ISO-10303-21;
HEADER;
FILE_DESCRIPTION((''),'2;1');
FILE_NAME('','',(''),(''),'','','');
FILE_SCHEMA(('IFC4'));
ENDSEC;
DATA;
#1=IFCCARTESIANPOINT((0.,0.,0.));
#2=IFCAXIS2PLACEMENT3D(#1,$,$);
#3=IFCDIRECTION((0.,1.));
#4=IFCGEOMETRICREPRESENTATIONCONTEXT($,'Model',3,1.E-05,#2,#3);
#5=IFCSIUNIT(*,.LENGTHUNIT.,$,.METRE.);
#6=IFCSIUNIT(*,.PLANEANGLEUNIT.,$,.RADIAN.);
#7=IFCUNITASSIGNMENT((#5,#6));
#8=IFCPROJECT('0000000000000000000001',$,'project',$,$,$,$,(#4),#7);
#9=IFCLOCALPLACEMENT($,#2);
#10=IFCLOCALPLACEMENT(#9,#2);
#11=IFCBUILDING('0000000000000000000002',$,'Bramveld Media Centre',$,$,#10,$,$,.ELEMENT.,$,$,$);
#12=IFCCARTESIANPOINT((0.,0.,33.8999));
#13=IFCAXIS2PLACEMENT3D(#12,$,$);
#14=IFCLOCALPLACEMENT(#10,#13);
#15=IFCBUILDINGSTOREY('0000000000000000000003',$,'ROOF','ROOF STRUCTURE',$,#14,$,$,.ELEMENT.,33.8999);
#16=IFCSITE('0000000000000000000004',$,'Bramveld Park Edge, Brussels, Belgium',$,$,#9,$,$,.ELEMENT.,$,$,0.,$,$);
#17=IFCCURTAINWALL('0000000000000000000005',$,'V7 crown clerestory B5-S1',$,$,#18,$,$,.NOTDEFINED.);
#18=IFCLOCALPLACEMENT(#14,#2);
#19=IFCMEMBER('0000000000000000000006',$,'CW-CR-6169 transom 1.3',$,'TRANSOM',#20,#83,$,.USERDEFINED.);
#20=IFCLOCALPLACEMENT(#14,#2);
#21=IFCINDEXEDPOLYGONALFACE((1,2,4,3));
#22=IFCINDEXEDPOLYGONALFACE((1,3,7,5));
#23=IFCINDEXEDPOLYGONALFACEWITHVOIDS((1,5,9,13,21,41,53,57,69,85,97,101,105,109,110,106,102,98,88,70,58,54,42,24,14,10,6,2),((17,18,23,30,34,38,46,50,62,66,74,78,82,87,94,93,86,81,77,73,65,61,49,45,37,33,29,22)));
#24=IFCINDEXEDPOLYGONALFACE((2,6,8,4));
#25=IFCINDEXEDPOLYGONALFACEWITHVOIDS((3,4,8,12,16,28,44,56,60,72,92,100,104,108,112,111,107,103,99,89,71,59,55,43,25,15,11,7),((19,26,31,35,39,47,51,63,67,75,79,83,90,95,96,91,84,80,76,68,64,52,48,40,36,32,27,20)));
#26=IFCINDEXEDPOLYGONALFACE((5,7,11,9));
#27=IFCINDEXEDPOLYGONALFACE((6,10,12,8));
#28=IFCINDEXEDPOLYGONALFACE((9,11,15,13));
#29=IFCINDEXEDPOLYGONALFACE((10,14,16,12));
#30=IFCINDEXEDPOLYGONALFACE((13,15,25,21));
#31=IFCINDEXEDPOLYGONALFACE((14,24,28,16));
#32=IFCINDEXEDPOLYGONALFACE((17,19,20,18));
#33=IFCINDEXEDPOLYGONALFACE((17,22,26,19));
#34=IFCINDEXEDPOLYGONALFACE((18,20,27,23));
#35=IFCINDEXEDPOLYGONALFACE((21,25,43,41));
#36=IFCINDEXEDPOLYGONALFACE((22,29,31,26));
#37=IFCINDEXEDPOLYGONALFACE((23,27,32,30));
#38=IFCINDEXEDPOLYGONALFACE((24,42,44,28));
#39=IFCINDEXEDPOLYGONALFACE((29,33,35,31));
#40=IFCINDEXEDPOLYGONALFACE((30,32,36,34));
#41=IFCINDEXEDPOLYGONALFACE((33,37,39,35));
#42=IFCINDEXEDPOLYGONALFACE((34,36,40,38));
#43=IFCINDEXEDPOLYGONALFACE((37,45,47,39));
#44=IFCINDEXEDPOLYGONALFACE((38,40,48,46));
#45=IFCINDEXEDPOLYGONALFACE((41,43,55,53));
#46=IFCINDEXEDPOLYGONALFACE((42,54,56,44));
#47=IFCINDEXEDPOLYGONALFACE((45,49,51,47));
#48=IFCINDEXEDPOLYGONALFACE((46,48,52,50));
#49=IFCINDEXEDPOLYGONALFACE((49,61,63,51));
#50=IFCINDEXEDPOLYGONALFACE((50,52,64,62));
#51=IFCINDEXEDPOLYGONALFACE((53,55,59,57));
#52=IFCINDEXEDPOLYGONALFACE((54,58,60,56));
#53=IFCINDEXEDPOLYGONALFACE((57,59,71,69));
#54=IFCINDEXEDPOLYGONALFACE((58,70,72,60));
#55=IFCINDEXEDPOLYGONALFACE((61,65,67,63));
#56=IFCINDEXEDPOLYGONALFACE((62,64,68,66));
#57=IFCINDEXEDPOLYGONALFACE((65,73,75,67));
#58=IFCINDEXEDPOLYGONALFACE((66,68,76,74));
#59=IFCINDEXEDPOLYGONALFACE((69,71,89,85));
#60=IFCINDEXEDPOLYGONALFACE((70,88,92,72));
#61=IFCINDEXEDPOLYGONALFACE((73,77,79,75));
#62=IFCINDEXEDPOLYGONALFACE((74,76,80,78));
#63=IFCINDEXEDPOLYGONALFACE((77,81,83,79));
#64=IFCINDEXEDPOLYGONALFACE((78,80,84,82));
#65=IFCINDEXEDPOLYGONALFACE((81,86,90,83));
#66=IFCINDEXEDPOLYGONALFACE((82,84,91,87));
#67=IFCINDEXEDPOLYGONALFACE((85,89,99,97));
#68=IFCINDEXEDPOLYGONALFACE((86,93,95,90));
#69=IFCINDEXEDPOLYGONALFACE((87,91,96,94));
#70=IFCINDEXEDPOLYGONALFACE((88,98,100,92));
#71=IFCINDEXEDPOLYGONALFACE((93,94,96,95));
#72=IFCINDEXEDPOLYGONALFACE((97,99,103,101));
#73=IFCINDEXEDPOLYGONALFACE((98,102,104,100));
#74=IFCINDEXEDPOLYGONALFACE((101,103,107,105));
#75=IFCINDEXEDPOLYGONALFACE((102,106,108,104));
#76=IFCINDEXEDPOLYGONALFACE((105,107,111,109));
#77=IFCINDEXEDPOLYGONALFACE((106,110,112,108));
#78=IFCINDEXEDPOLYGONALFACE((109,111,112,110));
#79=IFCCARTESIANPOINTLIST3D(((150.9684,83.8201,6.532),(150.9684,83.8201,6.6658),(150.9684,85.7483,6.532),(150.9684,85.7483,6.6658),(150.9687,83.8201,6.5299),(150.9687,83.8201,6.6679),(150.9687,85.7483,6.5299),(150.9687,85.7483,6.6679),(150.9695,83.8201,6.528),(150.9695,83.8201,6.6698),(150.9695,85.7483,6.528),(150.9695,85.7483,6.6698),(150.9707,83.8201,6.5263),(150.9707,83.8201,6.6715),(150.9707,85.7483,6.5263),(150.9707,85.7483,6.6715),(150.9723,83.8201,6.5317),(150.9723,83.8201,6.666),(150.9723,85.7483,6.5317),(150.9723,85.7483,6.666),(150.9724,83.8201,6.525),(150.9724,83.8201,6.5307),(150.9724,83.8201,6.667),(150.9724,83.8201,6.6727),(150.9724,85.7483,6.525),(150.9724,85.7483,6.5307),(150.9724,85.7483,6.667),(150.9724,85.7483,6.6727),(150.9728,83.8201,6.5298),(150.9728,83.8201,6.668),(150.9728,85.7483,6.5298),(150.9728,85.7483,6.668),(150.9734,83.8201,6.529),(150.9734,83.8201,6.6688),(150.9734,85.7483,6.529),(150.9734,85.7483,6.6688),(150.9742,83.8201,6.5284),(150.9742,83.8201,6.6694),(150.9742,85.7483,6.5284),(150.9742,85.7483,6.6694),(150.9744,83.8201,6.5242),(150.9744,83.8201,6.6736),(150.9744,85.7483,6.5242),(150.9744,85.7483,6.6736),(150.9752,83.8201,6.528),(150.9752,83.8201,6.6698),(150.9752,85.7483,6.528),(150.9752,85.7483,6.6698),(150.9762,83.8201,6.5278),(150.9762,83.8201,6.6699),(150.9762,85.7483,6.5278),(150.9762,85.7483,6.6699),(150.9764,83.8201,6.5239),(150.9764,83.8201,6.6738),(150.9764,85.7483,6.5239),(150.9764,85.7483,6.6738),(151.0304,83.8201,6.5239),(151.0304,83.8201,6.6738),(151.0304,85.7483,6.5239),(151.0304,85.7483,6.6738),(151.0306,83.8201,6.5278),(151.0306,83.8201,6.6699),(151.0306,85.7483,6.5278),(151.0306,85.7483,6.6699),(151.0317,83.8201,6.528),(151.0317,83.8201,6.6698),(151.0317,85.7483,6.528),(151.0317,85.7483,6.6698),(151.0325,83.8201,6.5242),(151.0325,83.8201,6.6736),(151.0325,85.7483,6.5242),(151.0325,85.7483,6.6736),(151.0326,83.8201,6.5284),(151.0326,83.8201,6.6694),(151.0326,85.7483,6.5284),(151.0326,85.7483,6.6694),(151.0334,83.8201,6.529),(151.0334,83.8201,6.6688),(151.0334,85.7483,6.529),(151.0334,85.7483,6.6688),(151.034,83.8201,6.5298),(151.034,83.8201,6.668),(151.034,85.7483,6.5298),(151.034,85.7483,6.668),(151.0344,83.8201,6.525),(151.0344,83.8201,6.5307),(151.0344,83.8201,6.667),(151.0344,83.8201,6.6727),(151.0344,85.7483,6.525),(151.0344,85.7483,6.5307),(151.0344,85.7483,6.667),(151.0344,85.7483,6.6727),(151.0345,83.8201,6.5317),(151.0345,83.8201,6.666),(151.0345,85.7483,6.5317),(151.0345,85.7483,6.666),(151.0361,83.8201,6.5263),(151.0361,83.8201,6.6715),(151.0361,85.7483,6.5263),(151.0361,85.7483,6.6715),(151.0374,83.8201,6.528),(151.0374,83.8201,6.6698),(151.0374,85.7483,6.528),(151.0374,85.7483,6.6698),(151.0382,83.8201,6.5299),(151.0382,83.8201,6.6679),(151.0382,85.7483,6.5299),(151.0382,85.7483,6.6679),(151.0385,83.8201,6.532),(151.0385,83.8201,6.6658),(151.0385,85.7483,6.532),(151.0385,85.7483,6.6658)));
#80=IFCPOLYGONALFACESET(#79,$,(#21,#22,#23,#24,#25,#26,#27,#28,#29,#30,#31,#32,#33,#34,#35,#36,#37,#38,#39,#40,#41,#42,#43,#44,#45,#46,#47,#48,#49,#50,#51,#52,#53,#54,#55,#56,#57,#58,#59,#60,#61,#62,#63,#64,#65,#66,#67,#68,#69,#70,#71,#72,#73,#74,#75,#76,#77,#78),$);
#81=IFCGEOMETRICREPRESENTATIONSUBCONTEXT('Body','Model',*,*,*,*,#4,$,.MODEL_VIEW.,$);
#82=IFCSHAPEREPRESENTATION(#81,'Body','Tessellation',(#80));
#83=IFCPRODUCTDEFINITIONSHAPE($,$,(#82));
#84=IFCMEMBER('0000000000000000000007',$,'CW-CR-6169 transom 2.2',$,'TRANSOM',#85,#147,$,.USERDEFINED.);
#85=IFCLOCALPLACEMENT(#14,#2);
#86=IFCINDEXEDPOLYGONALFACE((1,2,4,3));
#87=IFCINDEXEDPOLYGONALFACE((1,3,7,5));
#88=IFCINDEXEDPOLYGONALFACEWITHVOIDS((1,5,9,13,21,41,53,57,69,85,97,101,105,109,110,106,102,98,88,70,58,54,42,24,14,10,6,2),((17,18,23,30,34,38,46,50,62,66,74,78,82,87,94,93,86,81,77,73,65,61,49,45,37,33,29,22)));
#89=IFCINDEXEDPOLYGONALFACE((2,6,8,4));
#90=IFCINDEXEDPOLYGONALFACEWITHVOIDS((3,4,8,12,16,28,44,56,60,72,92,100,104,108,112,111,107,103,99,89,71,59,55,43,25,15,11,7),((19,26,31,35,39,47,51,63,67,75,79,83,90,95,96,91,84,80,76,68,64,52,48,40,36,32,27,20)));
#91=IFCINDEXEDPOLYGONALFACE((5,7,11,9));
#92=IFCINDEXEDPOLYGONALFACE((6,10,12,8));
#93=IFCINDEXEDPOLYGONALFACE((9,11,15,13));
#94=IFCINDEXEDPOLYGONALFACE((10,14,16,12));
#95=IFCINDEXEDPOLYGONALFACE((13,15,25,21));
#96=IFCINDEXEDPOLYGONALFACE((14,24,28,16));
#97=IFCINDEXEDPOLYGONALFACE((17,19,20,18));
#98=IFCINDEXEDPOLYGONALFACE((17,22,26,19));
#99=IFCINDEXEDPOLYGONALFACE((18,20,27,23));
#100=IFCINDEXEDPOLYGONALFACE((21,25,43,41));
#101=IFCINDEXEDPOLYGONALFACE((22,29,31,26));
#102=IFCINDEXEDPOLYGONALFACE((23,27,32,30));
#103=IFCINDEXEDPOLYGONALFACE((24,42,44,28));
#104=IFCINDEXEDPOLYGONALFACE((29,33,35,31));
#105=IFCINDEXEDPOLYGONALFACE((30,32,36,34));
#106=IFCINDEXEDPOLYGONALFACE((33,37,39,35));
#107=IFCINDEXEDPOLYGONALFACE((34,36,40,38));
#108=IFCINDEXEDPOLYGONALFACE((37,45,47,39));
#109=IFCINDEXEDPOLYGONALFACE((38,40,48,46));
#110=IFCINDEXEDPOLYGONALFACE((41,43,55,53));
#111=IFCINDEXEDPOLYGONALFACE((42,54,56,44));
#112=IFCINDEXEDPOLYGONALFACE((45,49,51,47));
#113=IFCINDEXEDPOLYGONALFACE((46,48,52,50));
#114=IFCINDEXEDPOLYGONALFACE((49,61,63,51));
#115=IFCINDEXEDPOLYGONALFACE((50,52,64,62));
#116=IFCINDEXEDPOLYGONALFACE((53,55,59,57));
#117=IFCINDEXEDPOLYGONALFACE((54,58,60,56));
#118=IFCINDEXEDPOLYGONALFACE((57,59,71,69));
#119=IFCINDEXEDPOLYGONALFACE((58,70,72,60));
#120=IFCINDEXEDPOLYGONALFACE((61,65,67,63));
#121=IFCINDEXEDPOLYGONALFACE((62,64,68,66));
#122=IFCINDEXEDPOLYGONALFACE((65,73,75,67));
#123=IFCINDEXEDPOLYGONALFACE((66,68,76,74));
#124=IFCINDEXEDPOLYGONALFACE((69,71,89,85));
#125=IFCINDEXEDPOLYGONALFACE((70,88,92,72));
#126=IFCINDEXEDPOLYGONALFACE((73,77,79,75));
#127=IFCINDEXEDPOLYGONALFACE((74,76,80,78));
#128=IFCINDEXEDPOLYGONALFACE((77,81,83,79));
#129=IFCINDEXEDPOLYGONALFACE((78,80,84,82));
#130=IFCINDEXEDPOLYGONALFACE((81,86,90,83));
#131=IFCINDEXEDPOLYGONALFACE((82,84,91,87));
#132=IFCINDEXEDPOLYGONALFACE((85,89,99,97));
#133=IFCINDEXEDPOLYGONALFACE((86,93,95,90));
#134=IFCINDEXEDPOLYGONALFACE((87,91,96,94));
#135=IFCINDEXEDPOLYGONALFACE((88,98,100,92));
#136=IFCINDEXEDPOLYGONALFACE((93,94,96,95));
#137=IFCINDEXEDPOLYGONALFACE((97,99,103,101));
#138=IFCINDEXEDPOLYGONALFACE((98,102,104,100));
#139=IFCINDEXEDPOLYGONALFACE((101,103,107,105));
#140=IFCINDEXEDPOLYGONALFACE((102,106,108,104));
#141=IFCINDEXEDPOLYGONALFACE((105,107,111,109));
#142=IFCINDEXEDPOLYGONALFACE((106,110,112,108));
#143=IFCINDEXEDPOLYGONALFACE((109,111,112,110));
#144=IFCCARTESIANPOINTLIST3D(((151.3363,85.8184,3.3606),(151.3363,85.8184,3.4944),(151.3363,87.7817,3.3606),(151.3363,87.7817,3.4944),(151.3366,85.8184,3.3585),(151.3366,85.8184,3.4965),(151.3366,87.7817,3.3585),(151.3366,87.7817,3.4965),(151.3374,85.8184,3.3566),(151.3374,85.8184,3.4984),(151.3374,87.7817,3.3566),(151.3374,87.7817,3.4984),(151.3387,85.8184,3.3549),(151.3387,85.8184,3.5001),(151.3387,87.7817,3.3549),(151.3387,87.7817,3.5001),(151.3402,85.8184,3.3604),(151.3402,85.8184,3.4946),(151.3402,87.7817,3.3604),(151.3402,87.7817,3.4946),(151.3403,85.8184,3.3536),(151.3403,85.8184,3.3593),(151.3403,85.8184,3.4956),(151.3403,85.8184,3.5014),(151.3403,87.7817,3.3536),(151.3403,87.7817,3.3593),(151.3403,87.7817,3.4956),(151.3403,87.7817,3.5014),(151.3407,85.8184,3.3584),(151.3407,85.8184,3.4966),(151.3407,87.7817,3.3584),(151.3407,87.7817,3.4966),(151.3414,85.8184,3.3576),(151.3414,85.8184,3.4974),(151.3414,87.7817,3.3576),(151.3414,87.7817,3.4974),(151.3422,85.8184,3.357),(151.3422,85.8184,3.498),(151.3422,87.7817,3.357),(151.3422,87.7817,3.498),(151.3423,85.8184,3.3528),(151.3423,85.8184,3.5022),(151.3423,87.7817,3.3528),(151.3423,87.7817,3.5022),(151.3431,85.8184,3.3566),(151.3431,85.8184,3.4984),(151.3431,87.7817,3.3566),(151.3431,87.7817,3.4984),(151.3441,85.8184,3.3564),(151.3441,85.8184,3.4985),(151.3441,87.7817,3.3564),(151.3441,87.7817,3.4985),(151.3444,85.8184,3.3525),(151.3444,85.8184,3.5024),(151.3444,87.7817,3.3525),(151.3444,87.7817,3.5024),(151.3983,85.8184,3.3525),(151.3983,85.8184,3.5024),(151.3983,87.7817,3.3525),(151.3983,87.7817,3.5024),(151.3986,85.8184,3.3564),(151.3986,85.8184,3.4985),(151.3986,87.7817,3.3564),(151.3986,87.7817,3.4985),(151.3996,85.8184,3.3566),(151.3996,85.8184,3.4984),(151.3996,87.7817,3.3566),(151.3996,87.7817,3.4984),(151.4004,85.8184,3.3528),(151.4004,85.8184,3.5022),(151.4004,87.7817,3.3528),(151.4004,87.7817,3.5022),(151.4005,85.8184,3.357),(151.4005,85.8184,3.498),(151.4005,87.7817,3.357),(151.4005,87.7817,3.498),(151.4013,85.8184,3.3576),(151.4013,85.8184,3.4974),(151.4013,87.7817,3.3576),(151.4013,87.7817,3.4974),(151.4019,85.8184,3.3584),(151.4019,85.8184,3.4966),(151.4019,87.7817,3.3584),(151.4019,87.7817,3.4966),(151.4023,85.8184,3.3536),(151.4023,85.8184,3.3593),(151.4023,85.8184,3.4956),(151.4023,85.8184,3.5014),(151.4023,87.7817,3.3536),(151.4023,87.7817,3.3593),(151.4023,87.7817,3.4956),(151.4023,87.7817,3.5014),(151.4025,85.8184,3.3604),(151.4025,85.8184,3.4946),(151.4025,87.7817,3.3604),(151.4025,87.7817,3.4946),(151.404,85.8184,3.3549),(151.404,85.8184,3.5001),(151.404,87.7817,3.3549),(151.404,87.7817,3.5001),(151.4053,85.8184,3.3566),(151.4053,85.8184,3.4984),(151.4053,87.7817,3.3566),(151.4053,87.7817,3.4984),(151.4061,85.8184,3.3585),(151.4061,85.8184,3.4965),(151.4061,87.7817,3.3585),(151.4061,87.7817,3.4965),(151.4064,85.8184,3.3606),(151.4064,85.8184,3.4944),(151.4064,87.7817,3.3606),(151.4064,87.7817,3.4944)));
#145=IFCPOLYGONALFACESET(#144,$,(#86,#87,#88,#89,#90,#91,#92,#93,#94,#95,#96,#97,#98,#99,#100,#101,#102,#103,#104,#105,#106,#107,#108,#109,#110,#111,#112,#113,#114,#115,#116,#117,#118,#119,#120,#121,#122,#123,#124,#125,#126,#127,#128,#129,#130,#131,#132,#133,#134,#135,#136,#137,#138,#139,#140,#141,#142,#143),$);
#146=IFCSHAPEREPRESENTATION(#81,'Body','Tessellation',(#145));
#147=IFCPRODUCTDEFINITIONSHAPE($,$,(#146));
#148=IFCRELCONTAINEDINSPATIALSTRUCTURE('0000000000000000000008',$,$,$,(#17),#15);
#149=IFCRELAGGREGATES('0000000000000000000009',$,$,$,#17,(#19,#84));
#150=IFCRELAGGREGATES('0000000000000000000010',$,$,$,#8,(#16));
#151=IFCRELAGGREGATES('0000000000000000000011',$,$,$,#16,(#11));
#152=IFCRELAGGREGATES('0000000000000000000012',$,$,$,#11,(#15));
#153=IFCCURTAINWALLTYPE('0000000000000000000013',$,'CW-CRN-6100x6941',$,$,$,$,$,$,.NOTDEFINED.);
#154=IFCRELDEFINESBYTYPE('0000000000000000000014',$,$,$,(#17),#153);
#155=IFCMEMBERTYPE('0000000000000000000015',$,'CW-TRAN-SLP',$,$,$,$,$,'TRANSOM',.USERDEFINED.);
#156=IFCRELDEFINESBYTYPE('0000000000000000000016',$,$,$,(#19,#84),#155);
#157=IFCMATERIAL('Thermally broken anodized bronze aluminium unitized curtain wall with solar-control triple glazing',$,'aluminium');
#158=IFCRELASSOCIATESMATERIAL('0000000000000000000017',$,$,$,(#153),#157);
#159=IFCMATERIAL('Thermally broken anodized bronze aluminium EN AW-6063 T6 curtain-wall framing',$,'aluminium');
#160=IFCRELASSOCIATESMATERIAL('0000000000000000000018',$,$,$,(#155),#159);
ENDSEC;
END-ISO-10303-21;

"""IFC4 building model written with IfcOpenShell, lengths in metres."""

from ifc_helpers import new_model, si_unit, direction, frame, origin, origin_2d, place, context, subcontext, project, spatial, hollow_rectangle, extrude, material, material_profile, profile_set, type_object, element, aggregate, save


model = new_model("IFC4")

# Units and contexts
model_context = context("Model", 3, precision=1e-05, world=origin(), true_north=direction((0.0, 1.0)))
body_context = subcontext(model_context, "Body", "Model", "MODEL_VIEW")
ifc_project = project(units=[si_unit("LENGTHUNIT", "METRE"), si_unit("PLANEANGLEUNIT", "RADIAN")], contexts=[model_context])

# Site, building, storey
site_placement = place(None, origin())
site = spatial("IfcSite", under=ifc_project, at=site_placement, Name="Bramveld Park Edge, Brussels, Belgium", CompositionType="ELEMENT", RefElevation=0.0)
building_placement = place(site_placement, origin())
building = spatial("IfcBuilding", under=site, at=building_placement, Name="Bramveld Media Centre", CompositionType="ELEMENT")
storey_placement = place(building_placement, frame((0.0, 0.0, 33.8999)))
storey = spatial("IfcBuildingStorey", under=building, at=storey_placement, Name="ROOF", Description="ROOF STRUCTURE", CompositionType="ELEMENT", Elevation=33.8999)

# Curtain wall, members
ifc_material_1 = material(Name="Thermally broken anodized bronze aluminium unitized curtain wall with solar-control triple glazing", Category="aluminium")
curtain_wall_type = type_object("IfcCurtainWallType", Name="CW-CRN-6100x6941", PredefinedType="NOTDEFINED", material=ifc_material_1)
ifc_material_2 = material(Name="Thermally broken anodized bronze aluminium EN AW-6063 T6 curtain-wall framing", Category="aluminium")
ifc_material_profile_1 = material_profile(ifc_material_2, hollow_rectangle(XDim=0.0701, YDim=0.1499, WallThickness=0.0039, InnerFilletRadius=0.0039, OuterFilletRadius=0.0081, at=origin_2d()), Name="AL-TRAN 70x150")
ifc_profile_set_1 = profile_set([ifc_material_profile_1], Name="Thermally broken anodized bronze aluminium EN AW-6063 T6 curtain-wall framing")
member_type_1 = type_object("IfcMemberType", Name="CW-TRAN-SLP", ElementType="TRANSOM", PredefinedType="USERDEFINED", material=ifc_profile_set_1)
curtain_wall_1_placement = place(storey_placement, origin())
curtain_wall_1 = element("IfcCurtainWall", 1, at=curtain_wall_1_placement, inside=storey, type_object=curtain_wall_type, Name="V7 crown clerestory B5-S1", PredefinedType="NOTDEFINED")
member_1_placement = place(storey_placement, frame((151.0034, 83.8201, 6.5989), z_axis=(0.0, 1.0, 0.0), x_axis=(-1.0, 0.0, 0.0)))
member_1 = element("IfcMember", 2, at=member_1_placement, type_object=member_type_1, Name="CW-CR-6169 transom 1.3", ObjectType="TRANSOM", PredefinedType="USERDEFINED", context=body_context, shape_type="SweptSolid", body=[
    extrude(hollow_rectangle(XDim=0.0701, YDim=0.1499, WallThickness=0.0039, InnerFilletRadius=0.0039, OuterFilletRadius=0.0081, at=origin_2d()), origin(), (0.0, 0.0, 1.0), 1.9282),
])
member_2_placement = place(storey_placement, frame((151.3713, 85.8184, 3.4275), z_axis=(0.0, 1.0, 0.0), x_axis=(-1.0, 0.0, 0.0)))
member_2 = element("IfcMember", 3, at=member_2_placement, type_object=member_type_1, Name="CW-CR-6169 transom 2.2", ObjectType="TRANSOM", PredefinedType="USERDEFINED", context=body_context, shape_type="SweptSolid", body=[
    extrude(hollow_rectangle(XDim=0.0701, YDim=0.1499, WallThickness=0.0039, InnerFilletRadius=0.0039, OuterFilletRadius=0.0081, at=origin_2d()), origin(), (0.0, 0.0, 1.0), 1.9634),
])

aggregate(curtain_wall_1, [member_1, member_2])

save(model, "model.ifc")
